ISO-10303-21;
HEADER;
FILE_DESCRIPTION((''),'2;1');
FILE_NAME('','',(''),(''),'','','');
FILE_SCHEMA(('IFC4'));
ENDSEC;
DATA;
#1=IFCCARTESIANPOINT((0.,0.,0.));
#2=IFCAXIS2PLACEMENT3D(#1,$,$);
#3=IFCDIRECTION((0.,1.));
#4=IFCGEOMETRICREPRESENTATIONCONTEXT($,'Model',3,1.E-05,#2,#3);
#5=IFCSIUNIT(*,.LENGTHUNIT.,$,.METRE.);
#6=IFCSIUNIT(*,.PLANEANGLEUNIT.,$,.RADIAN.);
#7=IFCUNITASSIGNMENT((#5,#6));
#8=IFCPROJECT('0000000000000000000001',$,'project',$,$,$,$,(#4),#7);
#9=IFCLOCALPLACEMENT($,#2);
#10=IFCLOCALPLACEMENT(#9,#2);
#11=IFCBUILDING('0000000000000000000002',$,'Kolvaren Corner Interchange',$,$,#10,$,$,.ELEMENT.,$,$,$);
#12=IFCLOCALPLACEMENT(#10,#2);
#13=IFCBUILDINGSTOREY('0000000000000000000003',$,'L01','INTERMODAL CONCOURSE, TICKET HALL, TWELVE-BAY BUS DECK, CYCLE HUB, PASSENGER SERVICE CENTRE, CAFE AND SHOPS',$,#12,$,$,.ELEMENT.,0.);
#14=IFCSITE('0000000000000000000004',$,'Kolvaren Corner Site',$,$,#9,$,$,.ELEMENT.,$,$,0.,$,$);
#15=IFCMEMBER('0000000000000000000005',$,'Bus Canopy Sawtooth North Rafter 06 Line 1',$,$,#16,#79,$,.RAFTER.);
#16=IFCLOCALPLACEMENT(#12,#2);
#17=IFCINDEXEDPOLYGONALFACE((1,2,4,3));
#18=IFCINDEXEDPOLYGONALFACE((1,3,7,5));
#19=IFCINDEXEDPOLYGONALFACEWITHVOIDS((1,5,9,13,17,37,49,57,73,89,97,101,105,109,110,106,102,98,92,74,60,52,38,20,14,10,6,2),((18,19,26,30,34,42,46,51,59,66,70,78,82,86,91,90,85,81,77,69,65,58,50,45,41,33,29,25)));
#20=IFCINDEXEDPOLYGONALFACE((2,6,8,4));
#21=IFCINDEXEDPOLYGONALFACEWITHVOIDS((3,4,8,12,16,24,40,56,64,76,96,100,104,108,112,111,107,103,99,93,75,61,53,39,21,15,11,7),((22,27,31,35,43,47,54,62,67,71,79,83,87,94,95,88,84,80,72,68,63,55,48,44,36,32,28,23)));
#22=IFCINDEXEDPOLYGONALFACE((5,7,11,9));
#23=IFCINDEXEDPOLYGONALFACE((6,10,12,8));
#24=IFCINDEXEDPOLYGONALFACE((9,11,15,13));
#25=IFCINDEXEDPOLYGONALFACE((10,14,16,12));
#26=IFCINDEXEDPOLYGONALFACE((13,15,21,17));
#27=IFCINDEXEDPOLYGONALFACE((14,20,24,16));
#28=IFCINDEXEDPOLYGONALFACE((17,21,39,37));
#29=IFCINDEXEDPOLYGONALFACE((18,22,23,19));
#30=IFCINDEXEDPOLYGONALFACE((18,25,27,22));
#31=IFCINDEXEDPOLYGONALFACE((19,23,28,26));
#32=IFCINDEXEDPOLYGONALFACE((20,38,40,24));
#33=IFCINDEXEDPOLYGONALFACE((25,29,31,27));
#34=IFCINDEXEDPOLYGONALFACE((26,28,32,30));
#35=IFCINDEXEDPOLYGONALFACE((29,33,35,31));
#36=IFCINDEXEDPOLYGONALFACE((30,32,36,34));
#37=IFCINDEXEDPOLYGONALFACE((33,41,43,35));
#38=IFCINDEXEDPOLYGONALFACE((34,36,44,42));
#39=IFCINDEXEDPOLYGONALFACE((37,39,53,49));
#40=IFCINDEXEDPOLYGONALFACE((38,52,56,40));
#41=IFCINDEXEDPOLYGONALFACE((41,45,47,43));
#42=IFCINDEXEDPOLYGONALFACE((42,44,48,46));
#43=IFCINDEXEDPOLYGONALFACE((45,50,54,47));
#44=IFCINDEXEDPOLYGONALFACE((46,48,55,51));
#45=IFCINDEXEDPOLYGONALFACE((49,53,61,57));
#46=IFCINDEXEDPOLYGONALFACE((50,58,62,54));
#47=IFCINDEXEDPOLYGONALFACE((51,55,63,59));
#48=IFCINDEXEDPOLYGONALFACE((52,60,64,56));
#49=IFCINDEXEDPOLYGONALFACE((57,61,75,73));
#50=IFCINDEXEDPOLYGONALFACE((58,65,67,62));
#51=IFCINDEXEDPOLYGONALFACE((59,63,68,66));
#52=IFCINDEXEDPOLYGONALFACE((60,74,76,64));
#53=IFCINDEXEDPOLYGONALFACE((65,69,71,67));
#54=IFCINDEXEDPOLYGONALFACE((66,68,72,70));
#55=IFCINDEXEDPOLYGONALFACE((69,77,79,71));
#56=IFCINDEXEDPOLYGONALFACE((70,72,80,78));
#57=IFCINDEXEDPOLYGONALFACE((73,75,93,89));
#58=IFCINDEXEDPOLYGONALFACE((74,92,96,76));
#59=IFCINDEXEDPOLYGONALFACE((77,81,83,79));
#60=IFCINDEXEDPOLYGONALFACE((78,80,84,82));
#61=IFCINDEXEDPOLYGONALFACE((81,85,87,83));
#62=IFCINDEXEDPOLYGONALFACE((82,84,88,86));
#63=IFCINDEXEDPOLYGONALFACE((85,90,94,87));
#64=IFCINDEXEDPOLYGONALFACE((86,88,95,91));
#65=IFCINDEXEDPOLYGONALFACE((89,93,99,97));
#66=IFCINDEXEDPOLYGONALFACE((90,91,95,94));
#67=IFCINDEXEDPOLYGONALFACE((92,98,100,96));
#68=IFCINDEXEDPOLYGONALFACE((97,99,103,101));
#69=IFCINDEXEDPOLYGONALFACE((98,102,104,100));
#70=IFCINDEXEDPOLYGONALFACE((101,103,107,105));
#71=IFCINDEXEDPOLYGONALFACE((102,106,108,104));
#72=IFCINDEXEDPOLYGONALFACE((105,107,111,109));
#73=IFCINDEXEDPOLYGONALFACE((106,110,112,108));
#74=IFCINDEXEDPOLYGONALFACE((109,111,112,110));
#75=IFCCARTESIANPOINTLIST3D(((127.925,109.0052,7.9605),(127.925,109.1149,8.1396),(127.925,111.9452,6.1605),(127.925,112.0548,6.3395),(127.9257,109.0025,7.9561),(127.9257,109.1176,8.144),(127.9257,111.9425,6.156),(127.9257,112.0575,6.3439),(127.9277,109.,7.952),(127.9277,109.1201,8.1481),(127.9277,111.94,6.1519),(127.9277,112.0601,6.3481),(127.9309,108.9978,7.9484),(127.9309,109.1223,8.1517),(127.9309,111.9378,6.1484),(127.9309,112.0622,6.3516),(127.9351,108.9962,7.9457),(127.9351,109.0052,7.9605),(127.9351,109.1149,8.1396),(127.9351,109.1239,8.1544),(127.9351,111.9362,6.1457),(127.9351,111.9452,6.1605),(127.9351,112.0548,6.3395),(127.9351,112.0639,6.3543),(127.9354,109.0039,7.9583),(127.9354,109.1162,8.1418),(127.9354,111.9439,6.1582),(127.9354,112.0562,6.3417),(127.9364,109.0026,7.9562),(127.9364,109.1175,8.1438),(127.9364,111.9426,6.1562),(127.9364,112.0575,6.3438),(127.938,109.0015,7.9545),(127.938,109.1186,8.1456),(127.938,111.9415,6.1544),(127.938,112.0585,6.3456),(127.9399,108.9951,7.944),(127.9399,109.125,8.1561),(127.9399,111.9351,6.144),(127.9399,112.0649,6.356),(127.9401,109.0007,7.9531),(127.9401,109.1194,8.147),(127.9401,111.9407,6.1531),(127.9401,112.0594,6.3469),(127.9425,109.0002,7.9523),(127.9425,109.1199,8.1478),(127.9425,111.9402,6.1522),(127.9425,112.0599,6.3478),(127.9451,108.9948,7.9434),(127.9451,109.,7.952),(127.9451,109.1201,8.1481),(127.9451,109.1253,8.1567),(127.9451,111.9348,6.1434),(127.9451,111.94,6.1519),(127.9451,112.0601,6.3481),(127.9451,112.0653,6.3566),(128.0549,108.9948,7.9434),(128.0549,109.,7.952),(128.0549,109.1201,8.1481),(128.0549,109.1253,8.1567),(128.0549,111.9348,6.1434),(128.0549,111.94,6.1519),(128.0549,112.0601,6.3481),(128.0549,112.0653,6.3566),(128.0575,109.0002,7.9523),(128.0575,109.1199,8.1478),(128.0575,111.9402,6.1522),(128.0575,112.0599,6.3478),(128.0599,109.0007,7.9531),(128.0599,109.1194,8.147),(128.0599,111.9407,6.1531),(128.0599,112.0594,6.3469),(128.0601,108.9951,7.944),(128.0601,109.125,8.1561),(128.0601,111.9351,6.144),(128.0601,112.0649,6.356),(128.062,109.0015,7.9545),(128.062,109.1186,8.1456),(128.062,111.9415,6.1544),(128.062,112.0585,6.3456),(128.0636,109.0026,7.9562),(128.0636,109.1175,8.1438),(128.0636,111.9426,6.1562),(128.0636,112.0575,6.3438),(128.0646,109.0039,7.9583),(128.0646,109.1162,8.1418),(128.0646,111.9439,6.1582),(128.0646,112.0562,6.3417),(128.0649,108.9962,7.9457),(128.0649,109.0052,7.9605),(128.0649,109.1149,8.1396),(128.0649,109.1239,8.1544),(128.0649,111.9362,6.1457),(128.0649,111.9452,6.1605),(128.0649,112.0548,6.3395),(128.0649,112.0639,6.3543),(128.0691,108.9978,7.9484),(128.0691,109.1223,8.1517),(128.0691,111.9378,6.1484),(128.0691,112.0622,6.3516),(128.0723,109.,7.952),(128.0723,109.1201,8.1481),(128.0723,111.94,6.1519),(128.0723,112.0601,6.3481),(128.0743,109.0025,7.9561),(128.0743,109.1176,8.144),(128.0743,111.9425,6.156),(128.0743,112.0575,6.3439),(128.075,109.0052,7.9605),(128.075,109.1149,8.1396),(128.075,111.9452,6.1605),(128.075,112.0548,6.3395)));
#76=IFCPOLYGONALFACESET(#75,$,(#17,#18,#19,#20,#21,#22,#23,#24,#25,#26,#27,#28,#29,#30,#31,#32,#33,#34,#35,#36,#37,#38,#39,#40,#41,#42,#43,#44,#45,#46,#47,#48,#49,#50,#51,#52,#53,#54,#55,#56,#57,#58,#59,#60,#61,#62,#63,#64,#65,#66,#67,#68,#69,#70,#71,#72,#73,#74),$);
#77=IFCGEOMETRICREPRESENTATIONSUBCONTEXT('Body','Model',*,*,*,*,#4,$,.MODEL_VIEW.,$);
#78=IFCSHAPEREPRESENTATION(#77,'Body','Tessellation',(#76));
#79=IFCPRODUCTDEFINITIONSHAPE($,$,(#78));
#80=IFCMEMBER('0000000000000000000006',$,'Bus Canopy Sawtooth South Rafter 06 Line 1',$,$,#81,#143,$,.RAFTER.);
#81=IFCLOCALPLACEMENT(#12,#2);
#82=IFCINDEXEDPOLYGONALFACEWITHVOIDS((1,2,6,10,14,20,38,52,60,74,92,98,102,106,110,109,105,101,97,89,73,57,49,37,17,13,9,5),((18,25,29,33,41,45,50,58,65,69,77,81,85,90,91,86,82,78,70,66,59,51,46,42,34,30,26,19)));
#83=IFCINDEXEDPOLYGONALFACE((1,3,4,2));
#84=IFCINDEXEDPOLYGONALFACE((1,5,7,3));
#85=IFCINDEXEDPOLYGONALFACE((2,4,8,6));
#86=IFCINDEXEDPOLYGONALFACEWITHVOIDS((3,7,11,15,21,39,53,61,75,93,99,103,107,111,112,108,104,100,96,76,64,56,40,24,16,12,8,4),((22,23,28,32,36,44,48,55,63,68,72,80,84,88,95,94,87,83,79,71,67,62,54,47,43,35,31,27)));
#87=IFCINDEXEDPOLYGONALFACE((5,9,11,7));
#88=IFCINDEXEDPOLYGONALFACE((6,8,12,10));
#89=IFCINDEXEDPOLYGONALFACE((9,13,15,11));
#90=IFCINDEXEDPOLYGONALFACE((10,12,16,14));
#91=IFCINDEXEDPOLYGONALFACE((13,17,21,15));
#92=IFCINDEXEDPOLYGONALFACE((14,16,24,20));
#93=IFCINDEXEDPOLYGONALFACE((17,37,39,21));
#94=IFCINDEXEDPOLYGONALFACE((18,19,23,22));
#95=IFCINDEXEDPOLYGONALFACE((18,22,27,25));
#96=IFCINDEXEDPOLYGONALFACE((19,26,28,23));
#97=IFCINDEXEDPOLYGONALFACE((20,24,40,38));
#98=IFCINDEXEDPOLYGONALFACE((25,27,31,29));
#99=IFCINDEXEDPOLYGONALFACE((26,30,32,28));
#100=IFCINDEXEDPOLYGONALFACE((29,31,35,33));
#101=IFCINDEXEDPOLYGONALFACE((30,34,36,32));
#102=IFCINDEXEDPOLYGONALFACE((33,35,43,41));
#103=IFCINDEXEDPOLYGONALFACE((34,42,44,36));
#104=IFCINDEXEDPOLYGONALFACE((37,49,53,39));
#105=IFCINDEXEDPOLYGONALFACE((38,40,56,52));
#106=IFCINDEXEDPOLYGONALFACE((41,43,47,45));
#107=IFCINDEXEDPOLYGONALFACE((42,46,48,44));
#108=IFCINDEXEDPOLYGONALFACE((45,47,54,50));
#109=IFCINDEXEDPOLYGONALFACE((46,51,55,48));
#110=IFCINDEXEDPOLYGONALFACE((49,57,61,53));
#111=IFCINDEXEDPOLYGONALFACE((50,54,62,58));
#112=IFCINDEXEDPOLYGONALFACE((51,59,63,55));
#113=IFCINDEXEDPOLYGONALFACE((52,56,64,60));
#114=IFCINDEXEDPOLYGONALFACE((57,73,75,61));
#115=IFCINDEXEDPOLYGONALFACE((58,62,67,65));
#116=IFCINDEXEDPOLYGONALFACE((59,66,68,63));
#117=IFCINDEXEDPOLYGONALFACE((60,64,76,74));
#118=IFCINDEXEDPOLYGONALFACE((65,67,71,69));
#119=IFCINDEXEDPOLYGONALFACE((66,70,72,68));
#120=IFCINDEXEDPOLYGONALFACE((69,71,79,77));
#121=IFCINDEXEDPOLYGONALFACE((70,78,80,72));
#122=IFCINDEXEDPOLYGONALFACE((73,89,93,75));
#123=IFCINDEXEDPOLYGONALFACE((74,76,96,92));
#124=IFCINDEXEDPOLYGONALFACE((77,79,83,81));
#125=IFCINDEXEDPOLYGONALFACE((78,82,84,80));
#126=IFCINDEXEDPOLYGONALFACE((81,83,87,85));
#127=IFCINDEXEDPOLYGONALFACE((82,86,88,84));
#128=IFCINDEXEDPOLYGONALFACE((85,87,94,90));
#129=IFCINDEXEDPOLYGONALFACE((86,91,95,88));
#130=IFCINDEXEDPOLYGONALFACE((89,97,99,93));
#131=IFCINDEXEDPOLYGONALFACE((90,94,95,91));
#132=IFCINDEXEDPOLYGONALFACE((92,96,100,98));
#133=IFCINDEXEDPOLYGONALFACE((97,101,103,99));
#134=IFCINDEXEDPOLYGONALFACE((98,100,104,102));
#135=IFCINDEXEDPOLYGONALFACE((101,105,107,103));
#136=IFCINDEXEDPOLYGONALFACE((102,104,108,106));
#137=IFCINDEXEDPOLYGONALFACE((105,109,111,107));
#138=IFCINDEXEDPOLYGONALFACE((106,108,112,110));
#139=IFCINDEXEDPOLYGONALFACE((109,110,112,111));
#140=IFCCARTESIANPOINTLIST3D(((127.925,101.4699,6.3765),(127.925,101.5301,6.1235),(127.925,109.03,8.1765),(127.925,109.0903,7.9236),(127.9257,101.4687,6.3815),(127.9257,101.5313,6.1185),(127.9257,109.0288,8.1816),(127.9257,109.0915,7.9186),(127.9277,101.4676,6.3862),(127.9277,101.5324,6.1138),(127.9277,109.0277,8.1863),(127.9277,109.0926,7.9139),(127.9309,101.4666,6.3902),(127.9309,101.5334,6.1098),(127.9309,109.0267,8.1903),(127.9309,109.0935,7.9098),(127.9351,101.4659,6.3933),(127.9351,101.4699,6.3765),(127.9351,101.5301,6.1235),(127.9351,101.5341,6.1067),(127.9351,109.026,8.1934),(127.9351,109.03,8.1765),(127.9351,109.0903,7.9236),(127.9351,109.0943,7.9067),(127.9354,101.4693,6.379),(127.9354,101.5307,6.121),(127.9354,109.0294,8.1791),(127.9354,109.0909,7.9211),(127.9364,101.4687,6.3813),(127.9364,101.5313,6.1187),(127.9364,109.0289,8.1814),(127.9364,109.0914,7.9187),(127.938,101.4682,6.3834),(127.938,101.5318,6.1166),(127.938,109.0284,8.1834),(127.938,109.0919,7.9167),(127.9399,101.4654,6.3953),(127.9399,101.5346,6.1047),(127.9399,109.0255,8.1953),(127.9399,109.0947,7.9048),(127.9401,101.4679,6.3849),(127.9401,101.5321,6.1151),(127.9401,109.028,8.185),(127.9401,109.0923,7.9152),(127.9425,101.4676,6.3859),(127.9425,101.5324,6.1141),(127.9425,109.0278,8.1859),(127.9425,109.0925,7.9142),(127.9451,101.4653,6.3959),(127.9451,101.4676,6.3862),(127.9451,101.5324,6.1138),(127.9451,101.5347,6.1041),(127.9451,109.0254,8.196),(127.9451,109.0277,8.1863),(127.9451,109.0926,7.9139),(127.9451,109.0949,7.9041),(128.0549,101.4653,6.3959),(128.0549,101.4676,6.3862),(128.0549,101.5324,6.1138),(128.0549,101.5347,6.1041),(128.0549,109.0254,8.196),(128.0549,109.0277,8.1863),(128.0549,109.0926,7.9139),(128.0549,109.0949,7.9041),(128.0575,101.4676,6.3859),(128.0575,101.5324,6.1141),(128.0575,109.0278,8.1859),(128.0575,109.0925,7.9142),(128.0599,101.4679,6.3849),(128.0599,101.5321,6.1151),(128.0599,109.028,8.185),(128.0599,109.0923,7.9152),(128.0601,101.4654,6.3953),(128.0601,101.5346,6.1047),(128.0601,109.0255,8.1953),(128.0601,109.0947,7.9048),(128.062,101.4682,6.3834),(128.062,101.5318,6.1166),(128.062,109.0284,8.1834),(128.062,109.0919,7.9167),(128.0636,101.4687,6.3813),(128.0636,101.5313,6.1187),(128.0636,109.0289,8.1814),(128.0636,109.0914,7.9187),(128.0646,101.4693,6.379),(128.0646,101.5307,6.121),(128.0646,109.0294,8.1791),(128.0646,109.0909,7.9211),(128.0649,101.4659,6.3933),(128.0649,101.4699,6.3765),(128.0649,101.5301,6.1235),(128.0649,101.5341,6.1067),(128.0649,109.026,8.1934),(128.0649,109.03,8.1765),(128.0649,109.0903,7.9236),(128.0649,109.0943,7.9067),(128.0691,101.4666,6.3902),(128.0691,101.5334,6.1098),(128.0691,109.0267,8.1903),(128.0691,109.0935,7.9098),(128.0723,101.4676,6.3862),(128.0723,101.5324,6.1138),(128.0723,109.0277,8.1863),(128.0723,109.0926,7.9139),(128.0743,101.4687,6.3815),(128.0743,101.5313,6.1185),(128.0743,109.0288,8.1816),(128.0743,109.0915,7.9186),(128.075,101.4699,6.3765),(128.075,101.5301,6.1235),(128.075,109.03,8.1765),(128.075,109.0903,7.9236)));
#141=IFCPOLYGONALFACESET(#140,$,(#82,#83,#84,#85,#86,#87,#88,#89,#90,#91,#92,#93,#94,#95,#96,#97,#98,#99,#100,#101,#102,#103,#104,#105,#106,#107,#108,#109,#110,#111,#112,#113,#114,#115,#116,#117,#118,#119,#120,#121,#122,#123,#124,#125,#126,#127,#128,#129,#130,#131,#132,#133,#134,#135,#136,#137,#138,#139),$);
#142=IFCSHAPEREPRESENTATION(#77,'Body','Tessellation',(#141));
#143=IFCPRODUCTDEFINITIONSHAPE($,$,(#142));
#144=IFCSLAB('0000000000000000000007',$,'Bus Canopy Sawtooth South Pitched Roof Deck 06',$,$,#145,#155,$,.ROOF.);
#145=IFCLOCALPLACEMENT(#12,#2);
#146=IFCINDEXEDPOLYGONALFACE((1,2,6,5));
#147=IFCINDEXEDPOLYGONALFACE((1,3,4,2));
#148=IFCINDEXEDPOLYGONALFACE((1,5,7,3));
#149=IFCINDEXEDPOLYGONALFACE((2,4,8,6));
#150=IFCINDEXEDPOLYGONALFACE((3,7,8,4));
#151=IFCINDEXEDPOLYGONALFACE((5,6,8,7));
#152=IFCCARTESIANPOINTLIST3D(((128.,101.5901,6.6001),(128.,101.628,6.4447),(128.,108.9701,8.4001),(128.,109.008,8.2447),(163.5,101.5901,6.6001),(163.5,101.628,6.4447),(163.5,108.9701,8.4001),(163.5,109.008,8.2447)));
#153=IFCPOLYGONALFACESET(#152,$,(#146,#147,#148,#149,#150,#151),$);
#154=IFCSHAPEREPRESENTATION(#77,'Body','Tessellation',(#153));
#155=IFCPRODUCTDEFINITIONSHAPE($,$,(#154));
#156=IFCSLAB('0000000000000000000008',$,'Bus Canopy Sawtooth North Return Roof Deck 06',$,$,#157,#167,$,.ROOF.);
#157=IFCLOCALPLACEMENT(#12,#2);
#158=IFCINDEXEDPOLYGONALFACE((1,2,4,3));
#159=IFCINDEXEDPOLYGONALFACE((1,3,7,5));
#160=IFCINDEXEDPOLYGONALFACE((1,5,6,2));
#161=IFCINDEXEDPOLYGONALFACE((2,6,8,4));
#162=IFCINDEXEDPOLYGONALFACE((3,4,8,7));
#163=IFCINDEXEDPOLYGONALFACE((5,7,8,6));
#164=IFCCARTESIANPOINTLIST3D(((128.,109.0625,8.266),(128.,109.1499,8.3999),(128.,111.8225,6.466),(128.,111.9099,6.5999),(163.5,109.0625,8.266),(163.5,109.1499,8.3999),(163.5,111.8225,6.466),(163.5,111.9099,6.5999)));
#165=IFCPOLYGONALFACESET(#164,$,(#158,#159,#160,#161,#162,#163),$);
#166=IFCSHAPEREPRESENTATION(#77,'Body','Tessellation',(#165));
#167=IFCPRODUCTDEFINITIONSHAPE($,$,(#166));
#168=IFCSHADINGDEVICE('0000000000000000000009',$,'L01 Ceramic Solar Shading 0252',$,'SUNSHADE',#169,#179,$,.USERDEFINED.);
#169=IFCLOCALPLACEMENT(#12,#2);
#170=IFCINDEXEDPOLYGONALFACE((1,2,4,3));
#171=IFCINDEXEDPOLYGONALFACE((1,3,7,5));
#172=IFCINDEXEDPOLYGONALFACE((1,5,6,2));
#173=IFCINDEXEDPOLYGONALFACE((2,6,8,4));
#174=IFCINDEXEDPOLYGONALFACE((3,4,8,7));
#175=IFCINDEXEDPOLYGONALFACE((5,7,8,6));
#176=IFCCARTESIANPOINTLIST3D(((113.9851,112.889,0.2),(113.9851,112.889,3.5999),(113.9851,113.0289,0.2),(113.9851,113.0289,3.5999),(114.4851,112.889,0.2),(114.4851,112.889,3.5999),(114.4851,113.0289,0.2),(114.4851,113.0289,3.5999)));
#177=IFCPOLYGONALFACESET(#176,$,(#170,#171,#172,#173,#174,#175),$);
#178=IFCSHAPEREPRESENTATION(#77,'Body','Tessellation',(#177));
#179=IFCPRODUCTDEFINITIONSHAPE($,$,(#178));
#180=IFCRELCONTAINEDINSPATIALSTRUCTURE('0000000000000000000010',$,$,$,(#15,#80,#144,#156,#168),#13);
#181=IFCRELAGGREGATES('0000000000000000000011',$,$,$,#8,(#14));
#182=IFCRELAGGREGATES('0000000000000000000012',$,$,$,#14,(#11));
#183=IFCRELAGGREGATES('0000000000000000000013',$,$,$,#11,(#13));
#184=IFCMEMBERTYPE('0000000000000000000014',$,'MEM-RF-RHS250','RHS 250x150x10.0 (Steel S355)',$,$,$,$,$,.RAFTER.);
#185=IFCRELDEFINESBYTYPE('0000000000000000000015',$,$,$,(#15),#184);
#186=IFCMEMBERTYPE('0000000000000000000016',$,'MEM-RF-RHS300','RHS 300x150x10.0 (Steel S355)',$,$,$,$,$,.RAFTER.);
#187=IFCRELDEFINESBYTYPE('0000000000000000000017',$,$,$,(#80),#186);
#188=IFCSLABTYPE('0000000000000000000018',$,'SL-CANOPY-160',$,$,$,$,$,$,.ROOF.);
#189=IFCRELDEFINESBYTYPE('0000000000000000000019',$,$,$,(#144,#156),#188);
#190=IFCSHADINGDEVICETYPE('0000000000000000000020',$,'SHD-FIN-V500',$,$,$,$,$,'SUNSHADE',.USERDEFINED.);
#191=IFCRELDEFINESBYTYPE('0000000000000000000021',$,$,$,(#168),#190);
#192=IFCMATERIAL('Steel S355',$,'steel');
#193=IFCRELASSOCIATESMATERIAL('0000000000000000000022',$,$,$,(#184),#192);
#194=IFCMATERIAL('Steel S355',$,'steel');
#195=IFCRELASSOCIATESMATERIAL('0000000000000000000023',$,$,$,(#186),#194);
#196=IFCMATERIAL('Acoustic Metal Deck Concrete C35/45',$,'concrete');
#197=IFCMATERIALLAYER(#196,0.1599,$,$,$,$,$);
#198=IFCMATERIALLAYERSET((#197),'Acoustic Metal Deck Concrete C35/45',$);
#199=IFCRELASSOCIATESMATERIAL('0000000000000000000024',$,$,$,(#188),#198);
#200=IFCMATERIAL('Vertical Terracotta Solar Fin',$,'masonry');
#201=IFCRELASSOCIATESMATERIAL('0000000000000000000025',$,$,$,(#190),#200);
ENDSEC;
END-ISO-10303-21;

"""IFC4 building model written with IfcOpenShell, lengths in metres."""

from ifc_helpers import new_model, si_unit, direction, frame, origin, origin_2d, place, context, subcontext, project, spatial, polyline, rectangle, hollow_rectangle, outline, extrude, material, layer, layer_set, material_profile, profile_set, type_object, element, save


model = new_model("IFC4")

# Units and contexts
model_context = context("Model", 3, precision=1e-05, world=origin(), true_north=direction((0.0, 1.0)))
body_context = subcontext(model_context, "Body", "Model", "MODEL_VIEW")
ifc_project = project(units=[si_unit("LENGTHUNIT", "METRE"), si_unit("PLANEANGLEUNIT", "RADIAN")], contexts=[model_context])

# Site, building, storey
site_placement = place(None, origin())
site = spatial("IfcSite", under=ifc_project, at=site_placement, Name="Kolvaren Corner Site", CompositionType="ELEMENT", RefElevation=0.0)
building_placement = place(site_placement, origin())
building = spatial("IfcBuilding", under=site, at=building_placement, Name="Kolvaren Corner Interchange", CompositionType="ELEMENT")
storey_placement = place(building_placement, origin())
storey = spatial("IfcBuildingStorey", under=building, at=storey_placement, Name="L01", Description="INTERMODAL CONCOURSE, TICKET HALL, TWELVE-BAY BUS DECK, CYCLE HUB, PASSENGER SERVICE CENTRE, CAFE AND SHOPS", CompositionType="ELEMENT", Elevation=0.0)

# Members
ifc_material_1 = material(Name="Steel S355", Category="steel")
ifc_material_profile_1 = material_profile(ifc_material_1, hollow_rectangle(XDim=0.1499, YDim=0.25, WallThickness=0.01, InnerFilletRadius=0.01, OuterFilletRadius=0.02, at=origin_2d()), Name="RHS 250x150x10.0")
ifc_profile_set_1 = profile_set([ifc_material_profile_1], Name="Steel S355")
member_type_1 = type_object("IfcMemberType", Name="MEM-RF-RHS250", Description="RHS 250x150x10.0 (Steel S355)", PredefinedType="RAFTER", material=ifc_profile_set_1)
member_1_placement = place(storey_placement, frame((128.0, 109.0601, 8.05), z_axis=(0.0, 0.85284, -0.522172), x_axis=(-1.0, 0.0, 0.0)))
element("IfcMember", 1, at=member_1_placement, inside=storey, type_object=member_type_1, Name="Bus Canopy Sawtooth North Rafter 06 Line 1", PredefinedType="RAFTER", context=body_context, shape_type="SweptSolid", body=[
    extrude(hollow_rectangle(XDim=0.1499, YDim=0.25, WallThickness=0.01, InnerFilletRadius=0.01, OuterFilletRadius=0.02, at=origin_2d()), origin(), (0.0, 0.0, 1.0), 3.4473),
])
ifc_material_2 = material(Name="Steel S355", Category="steel")
ifc_material_profile_2 = material_profile(ifc_material_2, hollow_rectangle(XDim=0.1499, YDim=0.3, WallThickness=0.01, InnerFilletRadius=0.01, OuterFilletRadius=0.02, at=origin_2d()), Name="RHS 300x150x10.0")
ifc_profile_set_2 = profile_set([ifc_material_profile_2], Name="Steel S355")
member_type_2 = type_object("IfcMemberType", Name="MEM-RF-RHS300", Description="RHS 300x150x10.0 (Steel S355)", PredefinedType="RAFTER", material=ifc_profile_set_2)
member_2_placement = place(storey_placement, frame((128.0, 101.5, 6.25), z_axis=(0.0, 0.972805, 0.231625), x_axis=(-1.0, 0.0, 0.0)))
element("IfcMember", 2, at=member_2_placement, inside=storey, type_object=member_type_2, Name="Bus Canopy Sawtooth South Rafter 06 Line 1", PredefinedType="RAFTER", context=body_context, shape_type="SweptSolid", body=[
    extrude(hollow_rectangle(XDim=0.1499, YDim=0.3, WallThickness=0.01, InnerFilletRadius=0.01, OuterFilletRadius=0.02, at=origin_2d()), origin(), (0.0, 0.0, 1.0), 7.7715),
])

# Slabs
ifc_material_3 = material(Name="Acoustic Metal Deck Concrete C35/45", Category="concrete")
ifc_layer = layer(ifc_material_3, 0.1599)
ifc_layer_set = layer_set([ifc_layer], Name="Acoustic Metal Deck Concrete C35/45")
slab_type = type_object("IfcSlabType", Name="SL-CANOPY-160", PredefinedType="ROOF", material=ifc_layer_set)
slab_1_placement = place(storey_placement, frame((128.0, 101.5901, 6.6001), z_axis=(0.0, -0.236956, 0.97152), x_axis=(1.0, 0.0, 0.0)))
element("IfcSlab", 3, at=slab_1_placement, inside=storey, type_object=slab_type, Name="Bus Canopy Sawtooth South Pitched Roof Deck 06", PredefinedType="ROOF", context=body_context, shape_type="SweptSolid", body=[
    extrude(outline(polyline([(0.0, 0.0), (35.5, 0.0), (35.5, 7.5963), (0.0, 7.5963), (0.0, 0.0)])), origin(), (0.0, 0.0, -1.0), 0.1599),
])
slab_2_placement = place(storey_placement, frame((128.0, 109.1499, 8.3999), z_axis=(0.0, 0.546268, 0.837611), x_axis=(1.0, 0.0, 0.0)))
element("IfcSlab", 4, at=slab_2_placement, inside=storey, type_object=slab_type, Name="Bus Canopy Sawtooth North Return Roof Deck 06", PredefinedType="ROOF", context=body_context, shape_type="SweptSolid", body=[
    extrude(outline(polyline([(0.0, 0.0), (35.5, 0.0), (35.5, 3.2951), (0.0, 3.2951), (0.0, 0.0)])), origin(), (0.0, 0.0, -1.0), 0.1599),
])

# Shading device
ifc_material_4 = material(Name="Vertical Terracotta Solar Fin", Category="masonry")
shading_device_type = type_object("IfcShadingDeviceType", Name="SHD-FIN-V500", ElementType="SUNSHADE", PredefinedType="USERDEFINED", material=ifc_material_4)
shading_device_placement = place(storey_placement, frame((114.2351, 112.959, 0.2), z_axis=(0.0, 0.0, 1.0), x_axis=(0.0, 1.0, 0.0)))
element("IfcShadingDevice", 5, at=shading_device_placement, inside=storey, type_object=shading_device_type, Name="L01 Ceramic Solar Shading 0252", ObjectType="SUNSHADE", PredefinedType="USERDEFINED", context=body_context, shape_type="SweptSolid", body=[
    extrude(rectangle(XDim=0.1399, YDim=0.5, at=origin_2d()), origin(), (0.0, 0.0, 1.0), 3.3999),
])

save(model, "model.ifc")
